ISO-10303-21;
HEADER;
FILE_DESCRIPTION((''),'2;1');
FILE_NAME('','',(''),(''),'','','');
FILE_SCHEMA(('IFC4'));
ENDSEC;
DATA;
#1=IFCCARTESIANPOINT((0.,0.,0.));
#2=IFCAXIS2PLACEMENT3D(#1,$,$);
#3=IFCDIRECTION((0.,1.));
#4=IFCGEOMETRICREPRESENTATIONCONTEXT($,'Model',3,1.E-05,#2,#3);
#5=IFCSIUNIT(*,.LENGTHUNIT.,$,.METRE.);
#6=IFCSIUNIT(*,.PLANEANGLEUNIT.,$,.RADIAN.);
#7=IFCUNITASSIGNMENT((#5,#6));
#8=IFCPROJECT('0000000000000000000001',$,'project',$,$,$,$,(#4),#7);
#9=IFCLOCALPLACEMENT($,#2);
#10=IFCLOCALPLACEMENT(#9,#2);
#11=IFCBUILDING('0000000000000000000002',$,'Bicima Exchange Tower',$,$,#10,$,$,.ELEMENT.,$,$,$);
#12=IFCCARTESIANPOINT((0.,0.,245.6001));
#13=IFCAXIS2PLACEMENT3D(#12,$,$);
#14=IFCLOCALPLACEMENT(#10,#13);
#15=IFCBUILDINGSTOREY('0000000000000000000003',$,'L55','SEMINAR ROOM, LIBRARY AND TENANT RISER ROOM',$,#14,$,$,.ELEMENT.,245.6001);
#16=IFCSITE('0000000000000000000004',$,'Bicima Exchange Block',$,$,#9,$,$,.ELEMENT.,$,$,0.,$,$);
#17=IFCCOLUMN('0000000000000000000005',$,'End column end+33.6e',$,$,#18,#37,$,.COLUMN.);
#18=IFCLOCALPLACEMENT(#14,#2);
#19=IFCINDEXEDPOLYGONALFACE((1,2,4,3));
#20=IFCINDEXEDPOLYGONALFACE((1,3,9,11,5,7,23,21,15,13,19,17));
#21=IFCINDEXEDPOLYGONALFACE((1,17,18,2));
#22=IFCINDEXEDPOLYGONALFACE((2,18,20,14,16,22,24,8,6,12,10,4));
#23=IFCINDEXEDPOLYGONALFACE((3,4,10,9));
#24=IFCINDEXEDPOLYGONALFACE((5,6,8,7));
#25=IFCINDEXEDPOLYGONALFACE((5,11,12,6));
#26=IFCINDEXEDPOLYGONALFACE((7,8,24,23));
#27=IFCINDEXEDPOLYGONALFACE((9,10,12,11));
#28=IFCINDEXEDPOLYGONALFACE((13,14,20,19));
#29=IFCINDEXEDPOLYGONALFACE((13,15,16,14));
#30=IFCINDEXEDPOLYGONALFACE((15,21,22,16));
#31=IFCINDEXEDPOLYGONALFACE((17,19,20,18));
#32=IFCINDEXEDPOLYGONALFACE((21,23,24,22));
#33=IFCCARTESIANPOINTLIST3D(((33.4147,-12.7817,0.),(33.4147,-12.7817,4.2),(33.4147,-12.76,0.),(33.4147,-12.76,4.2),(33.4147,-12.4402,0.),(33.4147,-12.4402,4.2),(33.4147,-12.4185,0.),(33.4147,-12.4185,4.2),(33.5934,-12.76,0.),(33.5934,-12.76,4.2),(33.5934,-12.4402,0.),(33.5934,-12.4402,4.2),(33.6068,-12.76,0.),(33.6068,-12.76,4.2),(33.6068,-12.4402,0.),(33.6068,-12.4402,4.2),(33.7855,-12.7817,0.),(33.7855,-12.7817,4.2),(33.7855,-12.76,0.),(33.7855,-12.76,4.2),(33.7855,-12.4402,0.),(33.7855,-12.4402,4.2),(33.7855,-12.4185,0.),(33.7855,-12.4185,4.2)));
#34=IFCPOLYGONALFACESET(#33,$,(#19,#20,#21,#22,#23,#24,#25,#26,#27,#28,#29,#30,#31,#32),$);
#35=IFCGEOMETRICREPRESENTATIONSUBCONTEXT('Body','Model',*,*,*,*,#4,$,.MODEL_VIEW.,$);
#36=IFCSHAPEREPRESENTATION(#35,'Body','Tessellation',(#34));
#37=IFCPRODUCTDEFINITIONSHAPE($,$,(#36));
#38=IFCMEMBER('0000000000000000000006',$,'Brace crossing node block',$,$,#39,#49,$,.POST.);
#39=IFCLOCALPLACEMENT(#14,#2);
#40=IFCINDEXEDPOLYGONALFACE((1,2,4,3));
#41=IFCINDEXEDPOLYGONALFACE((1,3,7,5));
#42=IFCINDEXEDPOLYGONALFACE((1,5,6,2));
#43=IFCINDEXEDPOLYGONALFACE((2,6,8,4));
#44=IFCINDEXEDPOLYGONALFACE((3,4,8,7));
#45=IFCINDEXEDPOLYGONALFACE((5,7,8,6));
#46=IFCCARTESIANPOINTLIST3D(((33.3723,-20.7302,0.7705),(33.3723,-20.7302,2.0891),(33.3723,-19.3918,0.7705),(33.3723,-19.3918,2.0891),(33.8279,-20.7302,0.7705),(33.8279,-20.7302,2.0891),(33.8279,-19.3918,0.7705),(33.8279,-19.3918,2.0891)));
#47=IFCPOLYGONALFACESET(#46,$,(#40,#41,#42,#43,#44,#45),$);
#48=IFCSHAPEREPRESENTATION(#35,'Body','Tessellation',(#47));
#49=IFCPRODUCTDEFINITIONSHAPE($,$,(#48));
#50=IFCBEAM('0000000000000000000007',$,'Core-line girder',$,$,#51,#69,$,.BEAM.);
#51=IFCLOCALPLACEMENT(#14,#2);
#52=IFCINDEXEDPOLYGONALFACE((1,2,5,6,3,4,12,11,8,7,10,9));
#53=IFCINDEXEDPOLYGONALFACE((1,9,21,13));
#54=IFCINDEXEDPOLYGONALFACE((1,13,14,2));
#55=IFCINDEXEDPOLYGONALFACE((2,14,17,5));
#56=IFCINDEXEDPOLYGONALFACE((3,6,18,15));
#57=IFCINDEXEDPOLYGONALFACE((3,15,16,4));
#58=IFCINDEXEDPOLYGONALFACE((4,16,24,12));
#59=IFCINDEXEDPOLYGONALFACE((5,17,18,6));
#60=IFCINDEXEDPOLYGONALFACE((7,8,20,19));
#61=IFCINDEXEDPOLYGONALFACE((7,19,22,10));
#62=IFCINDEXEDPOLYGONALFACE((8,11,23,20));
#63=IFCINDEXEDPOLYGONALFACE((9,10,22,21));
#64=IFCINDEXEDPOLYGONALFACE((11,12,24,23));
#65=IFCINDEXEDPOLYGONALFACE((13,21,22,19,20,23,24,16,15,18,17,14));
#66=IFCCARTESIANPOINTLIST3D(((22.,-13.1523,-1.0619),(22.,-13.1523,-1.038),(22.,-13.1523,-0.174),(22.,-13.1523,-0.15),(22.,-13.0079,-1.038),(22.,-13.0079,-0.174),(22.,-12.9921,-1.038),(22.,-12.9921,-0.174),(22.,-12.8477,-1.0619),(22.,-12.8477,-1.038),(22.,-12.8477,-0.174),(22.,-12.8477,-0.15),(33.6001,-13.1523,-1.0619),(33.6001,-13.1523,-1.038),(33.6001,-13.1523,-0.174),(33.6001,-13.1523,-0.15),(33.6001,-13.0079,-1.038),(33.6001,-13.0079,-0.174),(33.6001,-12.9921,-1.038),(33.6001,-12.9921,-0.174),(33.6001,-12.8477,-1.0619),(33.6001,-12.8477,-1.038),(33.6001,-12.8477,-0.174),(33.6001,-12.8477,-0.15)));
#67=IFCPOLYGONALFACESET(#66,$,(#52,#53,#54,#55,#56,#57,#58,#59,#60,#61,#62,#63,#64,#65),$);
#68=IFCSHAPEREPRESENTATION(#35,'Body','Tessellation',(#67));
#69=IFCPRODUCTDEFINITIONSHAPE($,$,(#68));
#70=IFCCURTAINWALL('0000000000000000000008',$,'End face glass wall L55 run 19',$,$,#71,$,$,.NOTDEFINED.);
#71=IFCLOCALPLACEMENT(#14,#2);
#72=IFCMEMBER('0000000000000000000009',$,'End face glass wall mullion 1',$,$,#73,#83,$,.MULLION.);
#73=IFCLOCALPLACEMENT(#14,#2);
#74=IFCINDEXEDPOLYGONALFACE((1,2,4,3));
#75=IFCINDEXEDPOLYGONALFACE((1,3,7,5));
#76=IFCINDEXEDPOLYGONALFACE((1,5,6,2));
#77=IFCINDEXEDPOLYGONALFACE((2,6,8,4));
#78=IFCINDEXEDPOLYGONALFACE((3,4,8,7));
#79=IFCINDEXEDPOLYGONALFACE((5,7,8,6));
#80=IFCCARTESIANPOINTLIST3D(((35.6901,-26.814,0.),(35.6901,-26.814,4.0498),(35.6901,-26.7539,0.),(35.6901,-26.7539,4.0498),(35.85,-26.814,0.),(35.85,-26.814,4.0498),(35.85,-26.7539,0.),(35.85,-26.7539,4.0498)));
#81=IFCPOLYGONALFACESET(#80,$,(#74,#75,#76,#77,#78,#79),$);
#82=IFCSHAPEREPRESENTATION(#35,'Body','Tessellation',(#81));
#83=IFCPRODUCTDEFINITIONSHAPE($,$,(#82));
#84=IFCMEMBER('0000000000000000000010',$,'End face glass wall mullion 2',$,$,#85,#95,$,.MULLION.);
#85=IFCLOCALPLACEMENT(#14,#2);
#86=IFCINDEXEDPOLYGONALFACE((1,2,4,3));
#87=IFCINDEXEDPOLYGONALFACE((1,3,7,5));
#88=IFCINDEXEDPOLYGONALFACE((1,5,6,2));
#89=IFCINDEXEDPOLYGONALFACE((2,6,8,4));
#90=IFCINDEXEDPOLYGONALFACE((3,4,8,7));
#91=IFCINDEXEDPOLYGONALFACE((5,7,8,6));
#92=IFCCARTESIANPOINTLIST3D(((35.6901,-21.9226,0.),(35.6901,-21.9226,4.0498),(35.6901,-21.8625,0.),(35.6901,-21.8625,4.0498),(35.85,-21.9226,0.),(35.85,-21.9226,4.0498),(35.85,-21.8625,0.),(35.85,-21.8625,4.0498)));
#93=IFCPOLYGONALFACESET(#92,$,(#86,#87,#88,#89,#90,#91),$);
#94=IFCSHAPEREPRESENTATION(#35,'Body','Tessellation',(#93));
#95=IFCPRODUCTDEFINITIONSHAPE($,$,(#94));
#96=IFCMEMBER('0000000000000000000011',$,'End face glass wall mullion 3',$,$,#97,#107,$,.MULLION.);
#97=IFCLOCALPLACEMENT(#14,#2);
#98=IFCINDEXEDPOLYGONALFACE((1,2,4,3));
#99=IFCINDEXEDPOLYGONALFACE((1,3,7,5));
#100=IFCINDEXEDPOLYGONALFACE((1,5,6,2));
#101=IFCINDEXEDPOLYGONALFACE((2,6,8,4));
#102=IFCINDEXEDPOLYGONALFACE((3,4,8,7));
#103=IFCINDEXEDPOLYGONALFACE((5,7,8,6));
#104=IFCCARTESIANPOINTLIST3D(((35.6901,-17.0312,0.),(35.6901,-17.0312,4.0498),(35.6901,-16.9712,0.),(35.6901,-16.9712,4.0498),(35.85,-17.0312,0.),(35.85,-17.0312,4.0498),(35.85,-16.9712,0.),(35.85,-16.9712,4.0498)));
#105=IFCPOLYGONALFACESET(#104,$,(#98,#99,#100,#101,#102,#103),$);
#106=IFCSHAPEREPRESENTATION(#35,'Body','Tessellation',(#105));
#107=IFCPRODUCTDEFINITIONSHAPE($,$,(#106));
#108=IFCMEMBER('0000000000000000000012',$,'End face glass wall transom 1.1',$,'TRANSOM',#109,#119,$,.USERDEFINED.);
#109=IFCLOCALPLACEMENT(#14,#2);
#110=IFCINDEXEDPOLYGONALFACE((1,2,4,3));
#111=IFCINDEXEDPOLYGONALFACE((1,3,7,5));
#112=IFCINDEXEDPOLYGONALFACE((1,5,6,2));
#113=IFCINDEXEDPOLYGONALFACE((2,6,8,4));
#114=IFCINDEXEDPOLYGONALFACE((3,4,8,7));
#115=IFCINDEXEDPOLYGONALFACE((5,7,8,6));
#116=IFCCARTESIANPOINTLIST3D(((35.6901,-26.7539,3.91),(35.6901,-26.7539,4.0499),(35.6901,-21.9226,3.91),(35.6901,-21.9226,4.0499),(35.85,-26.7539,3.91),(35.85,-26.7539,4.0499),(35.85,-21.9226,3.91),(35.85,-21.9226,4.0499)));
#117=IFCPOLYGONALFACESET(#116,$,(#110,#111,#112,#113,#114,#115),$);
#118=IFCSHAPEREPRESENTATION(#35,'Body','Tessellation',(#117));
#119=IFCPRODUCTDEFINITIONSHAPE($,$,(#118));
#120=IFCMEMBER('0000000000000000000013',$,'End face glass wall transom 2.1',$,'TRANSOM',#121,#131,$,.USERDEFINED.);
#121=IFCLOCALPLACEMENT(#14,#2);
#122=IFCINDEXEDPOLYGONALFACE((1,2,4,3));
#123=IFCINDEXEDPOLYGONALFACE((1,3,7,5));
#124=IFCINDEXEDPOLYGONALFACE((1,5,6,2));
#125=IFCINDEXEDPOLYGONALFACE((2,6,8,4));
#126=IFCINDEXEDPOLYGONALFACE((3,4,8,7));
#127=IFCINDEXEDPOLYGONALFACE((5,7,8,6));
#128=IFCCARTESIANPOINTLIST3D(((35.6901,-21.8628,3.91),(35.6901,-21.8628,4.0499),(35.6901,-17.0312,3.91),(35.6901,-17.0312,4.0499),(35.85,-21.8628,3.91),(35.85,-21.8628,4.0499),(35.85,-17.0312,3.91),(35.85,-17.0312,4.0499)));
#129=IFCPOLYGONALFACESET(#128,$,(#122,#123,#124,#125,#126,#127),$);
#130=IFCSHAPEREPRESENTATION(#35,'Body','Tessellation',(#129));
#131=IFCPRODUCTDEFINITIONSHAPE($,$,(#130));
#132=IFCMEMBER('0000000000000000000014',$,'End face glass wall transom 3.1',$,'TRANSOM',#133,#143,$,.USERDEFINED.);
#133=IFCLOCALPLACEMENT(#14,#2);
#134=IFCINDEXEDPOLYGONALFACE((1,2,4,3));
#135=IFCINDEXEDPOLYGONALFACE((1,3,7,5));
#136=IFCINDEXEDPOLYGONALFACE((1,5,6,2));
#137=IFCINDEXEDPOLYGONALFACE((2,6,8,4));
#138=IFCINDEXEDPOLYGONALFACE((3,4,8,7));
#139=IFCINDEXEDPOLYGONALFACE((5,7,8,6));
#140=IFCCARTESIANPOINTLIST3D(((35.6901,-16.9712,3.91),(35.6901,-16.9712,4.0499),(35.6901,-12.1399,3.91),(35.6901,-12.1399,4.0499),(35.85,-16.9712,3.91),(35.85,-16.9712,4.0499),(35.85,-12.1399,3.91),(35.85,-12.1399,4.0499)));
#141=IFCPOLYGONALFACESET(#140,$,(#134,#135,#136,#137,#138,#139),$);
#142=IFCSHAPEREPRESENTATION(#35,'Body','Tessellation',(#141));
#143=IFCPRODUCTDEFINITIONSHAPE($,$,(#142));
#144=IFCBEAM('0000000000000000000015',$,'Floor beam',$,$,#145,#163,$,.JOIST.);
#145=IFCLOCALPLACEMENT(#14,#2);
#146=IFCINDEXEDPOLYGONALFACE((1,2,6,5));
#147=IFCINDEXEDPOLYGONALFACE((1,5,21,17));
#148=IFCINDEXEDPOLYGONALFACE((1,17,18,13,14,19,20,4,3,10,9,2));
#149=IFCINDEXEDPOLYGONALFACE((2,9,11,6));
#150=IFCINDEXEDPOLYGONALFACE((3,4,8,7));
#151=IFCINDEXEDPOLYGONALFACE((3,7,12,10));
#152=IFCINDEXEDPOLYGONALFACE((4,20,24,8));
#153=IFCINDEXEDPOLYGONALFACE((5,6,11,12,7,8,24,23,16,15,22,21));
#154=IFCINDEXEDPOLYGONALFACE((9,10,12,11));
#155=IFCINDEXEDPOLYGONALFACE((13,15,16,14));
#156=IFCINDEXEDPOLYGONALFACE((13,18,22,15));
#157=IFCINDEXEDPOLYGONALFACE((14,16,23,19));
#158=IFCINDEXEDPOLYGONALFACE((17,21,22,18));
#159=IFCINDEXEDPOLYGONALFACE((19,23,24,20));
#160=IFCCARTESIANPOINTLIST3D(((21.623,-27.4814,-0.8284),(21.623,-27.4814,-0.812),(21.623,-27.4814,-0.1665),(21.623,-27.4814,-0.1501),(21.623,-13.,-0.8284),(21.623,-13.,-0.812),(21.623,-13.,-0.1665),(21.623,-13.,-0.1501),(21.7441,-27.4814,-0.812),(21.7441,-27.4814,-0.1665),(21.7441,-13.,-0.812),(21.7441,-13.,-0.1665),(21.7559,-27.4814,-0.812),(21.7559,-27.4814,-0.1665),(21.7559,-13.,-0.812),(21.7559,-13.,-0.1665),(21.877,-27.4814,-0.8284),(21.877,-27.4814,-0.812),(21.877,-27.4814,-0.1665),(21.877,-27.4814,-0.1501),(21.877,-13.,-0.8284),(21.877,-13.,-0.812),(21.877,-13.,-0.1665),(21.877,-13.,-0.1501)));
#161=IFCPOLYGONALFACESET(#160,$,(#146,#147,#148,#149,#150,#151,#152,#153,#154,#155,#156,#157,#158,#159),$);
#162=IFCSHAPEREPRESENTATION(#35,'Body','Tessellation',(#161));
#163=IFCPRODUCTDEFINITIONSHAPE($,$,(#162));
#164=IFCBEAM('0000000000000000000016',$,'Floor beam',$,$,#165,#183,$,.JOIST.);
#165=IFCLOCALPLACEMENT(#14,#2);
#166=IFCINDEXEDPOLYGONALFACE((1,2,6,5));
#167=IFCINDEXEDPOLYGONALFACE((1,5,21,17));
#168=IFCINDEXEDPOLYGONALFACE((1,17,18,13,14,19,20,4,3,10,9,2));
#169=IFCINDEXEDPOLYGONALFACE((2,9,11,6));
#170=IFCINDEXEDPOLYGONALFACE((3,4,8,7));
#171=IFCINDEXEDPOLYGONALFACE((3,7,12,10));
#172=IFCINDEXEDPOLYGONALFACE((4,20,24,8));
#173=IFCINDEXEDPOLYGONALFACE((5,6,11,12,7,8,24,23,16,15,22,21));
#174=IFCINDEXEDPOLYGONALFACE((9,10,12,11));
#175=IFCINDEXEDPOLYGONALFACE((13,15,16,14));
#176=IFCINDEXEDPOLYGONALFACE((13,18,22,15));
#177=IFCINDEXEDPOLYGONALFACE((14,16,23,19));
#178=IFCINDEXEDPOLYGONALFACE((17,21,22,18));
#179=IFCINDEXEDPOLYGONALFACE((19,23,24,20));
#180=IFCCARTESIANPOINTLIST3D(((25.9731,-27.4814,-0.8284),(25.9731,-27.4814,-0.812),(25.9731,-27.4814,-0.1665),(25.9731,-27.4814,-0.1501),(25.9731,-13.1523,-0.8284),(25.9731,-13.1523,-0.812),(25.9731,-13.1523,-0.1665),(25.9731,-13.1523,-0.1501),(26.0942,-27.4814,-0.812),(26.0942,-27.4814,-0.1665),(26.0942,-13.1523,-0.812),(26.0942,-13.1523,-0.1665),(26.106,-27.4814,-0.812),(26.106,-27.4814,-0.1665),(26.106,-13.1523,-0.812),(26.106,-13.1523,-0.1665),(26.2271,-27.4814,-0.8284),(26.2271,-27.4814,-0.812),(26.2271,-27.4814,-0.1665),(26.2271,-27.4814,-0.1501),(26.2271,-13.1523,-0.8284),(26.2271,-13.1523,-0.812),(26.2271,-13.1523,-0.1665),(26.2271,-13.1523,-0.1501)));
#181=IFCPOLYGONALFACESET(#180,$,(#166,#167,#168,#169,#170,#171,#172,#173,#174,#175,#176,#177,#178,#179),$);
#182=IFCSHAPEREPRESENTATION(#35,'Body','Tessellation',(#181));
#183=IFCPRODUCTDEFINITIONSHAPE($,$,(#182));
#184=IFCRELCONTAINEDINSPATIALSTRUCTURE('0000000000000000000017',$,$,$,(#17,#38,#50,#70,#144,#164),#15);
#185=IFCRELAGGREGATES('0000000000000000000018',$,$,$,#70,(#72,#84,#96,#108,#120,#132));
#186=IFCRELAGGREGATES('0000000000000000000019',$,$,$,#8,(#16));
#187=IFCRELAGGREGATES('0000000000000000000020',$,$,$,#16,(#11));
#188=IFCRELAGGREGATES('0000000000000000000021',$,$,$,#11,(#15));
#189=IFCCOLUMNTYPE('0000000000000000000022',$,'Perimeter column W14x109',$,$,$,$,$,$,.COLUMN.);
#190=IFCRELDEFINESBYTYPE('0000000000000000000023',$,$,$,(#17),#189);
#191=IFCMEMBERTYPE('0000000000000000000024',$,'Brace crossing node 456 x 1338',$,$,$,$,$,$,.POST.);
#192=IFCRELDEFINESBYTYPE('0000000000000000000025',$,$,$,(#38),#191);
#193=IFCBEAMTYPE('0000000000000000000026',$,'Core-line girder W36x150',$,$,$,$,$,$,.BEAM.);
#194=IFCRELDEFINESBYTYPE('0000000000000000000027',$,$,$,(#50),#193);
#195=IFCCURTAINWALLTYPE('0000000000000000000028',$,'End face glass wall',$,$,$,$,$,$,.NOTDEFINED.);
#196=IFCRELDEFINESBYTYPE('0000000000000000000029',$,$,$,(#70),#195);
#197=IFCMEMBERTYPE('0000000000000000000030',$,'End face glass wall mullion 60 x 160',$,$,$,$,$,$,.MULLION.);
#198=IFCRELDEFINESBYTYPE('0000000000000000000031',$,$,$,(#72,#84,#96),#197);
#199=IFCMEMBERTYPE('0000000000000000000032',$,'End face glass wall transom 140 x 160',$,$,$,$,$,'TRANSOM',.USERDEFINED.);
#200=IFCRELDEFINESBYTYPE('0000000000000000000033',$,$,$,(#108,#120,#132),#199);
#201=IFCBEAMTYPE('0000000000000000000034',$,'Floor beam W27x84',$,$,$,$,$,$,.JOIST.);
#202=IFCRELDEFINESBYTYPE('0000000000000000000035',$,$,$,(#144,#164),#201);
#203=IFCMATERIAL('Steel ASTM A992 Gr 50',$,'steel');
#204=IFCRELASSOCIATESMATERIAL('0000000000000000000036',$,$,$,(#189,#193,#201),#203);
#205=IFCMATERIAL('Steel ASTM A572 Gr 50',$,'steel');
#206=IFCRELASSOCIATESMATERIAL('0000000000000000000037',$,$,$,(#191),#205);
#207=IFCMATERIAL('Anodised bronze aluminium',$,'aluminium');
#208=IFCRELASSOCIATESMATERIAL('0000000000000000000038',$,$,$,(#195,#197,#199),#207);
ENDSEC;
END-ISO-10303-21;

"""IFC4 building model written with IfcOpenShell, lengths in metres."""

from ifc_helpers import new_model, si_unit, direction, frame, origin, origin_2d, place, context, subcontext, project, spatial, rectangle, i_section, extrude, material, material_profile, profile_set, type_object, element, aggregate, save


model = new_model("IFC4")

# Units and contexts
model_context = context("Model", 3, precision=1e-05, world=origin(), true_north=direction((0.0, 1.0)))
body_context = subcontext(model_context, "Body", "Model", "MODEL_VIEW")
ifc_project = project(units=[si_unit("LENGTHUNIT", "METRE"), si_unit("PLANEANGLEUNIT", "RADIAN")], contexts=[model_context])

# Site, building, storey
site_placement = place(None, origin())
site = spatial("IfcSite", under=ifc_project, at=site_placement, Name="Bicima Exchange Block", CompositionType="ELEMENT", RefElevation=0.0)
building_placement = place(site_placement, origin())
building = spatial("IfcBuilding", under=site, at=building_placement, Name="Bicima Exchange Tower", CompositionType="ELEMENT")
storey_placement = place(building_placement, frame((0.0, 0.0, 245.6001)))
storey = spatial("IfcBuildingStorey", under=building, at=storey_placement, Name="L55", Description="SEMINAR ROOM, LIBRARY AND TENANT RISER ROOM", CompositionType="ELEMENT", Elevation=245.6001)

# Column
ifc_material_1 = material(Name="Steel ASTM A992 Gr 50", Category="steel")
ifc_material_profile_1 = material_profile(ifc_material_1, i_section(OverallWidth=0.3708, OverallDepth=0.3633, WebThickness=0.0134, FlangeThickness=0.0217, at=origin_2d()))
ifc_profile_set_1 = profile_set([ifc_material_profile_1], Name="Steel ASTM A992 Gr 50")
column_type = type_object("IfcColumnType", Name="Perimeter column W14x109", PredefinedType="COLUMN", material=ifc_profile_set_1)
column_placement = place(storey_placement, frame((33.6001, -12.6001, 0.0), z_axis=(0.0, 0.0, 1.0), x_axis=(1.0, 0.0, 0.0)))
element("IfcColumn", 1, at=column_placement, inside=storey, type_object=column_type, Name="End column end+33.6e", PredefinedType="COLUMN", context=body_context, shape_type="SweptSolid", body=[
    extrude(i_section(OverallWidth=0.3708, OverallDepth=0.3633, WebThickness=0.0134, FlangeThickness=0.0217, at=origin_2d()), origin(), (0.0, 0.0, 1.0), 4.2),
])

# Member
ifc_material_2 = material(Name="Steel ASTM A572 Gr 50", Category="steel")
ifc_material_profile_2 = material_profile(ifc_material_2, rectangle(XDim=0.4556, YDim=1.3384, at=origin_2d()))
ifc_profile_set_2 = profile_set([ifc_material_profile_2], Name="Steel ASTM A572 Gr 50")
member_type_1 = type_object("IfcMemberType", Name="Brace crossing node 456 x 1338", PredefinedType="POST", material=ifc_profile_set_2)
member_1_placement = place(storey_placement, frame((33.6001, -20.061, 0.7705), z_axis=(0.0, 0.0, 1.0), x_axis=(1.0, 0.0, 0.0)))
element("IfcMember", 2, at=member_1_placement, inside=storey, type_object=member_type_1, Name="Brace crossing node block", PredefinedType="POST", context=body_context, shape_type="SweptSolid", body=[
    extrude(rectangle(XDim=0.4556, YDim=1.3384, at=origin_2d()), origin(), (0.0, 0.0, 1.0), 1.3186),
])

# Beam
ifc_material_profile_3 = material_profile(ifc_material_1, i_section(OverallWidth=0.3047, OverallDepth=0.9119, WebThickness=0.0159, FlangeThickness=0.0239, at=origin_2d()))
ifc_profile_set_3 = profile_set([ifc_material_profile_3], Name="Steel ASTM A992 Gr 50")
beam_type_1 = type_object("IfcBeamType", Name="Core-line girder W36x150", PredefinedType="BEAM", material=ifc_profile_set_3)
beam_1_placement = place(storey_placement, frame((22.0, -13.0, -0.606), z_axis=(1.0, 0.0, 0.0), x_axis=(0.0, 1.0, 0.0)))
element("IfcBeam", 3, at=beam_1_placement, inside=storey, type_object=beam_type_1, Name="Core-line girder", PredefinedType="BEAM", context=body_context, shape_type="SweptSolid", body=[
    extrude(i_section(OverallWidth=0.3047, OverallDepth=0.9119, WebThickness=0.0159, FlangeThickness=0.0239, at=origin_2d()), origin(), (0.0, 0.0, 1.0), 11.6001),
])

# Curtain wall, members
ifc_material_3 = material(Name="Anodised bronze aluminium", Category="aluminium")
curtain_wall_type = type_object("IfcCurtainWallType", Name="End face glass wall", PredefinedType="NOTDEFINED", material=ifc_material_3)
curtain_wall_placement = place(storey_placement, origin())
curtain_wall = element("IfcCurtainWall", 4, at=curtain_wall_placement, inside=storey, type_object=curtain_wall_type, Name="End face glass wall L55 run 19", PredefinedType="NOTDEFINED")
ifc_material_profile_4 = material_profile(ifc_material_3, rectangle(XDim=0.1599, YDim=0.0601, at=origin_2d()))
ifc_profile_set_4 = profile_set([ifc_material_profile_4], Name="Anodised bronze aluminium")
member_type_2 = type_object("IfcMemberType", Name="End face glass wall mullion 60 x 160", PredefinedType="MULLION", material=ifc_profile_set_4)
member_2_placement = place(storey_placement, frame((35.77, -26.7839, 0.0), z_axis=(0.0, 0.0, 1.0), x_axis=(-1.0, 0.0, 0.0)))
member_2 = element("IfcMember", 5, at=member_2_placement, type_object=member_type_2, Name="End face glass wall mullion 1", PredefinedType="MULLION", context=body_context, shape_type="SweptSolid", body=[
    extrude(rectangle(XDim=0.1599, YDim=0.0601, at=origin_2d()), origin(), (0.0, 0.0, 1.0), 4.0498),
])
member_3_placement = place(storey_placement, frame((35.77, -21.8926, 0.0), z_axis=(0.0, 0.0, 1.0), x_axis=(-1.0, 0.0, 0.0)))
member_3 = element("IfcMember", 6, at=member_3_placement, type_object=member_type_2, Name="End face glass wall mullion 2", PredefinedType="MULLION", context=body_context, shape_type="SweptSolid", body=[
    extrude(rectangle(XDim=0.1599, YDim=0.0601, at=origin_2d()), origin(), (0.0, 0.0, 1.0), 4.0498),
])
member_4_placement = place(storey_placement, frame((35.77, -17.0012, 0.0), z_axis=(0.0, 0.0, 1.0), x_axis=(-1.0, 0.0, 0.0)))
member_4 = element("IfcMember", 7, at=member_4_placement, type_object=member_type_2, Name="End face glass wall mullion 3", PredefinedType="MULLION", context=body_context, shape_type="SweptSolid", body=[
    extrude(rectangle(XDim=0.1599, YDim=0.0601, at=origin_2d()), origin(), (0.0, 0.0, 1.0), 4.0498),
])
ifc_material_profile_5 = material_profile(ifc_material_3, rectangle(XDim=0.1599, YDim=0.1399, at=origin_2d()))
ifc_profile_set_5 = profile_set([ifc_material_profile_5], Name="Anodised bronze aluminium")
member_type_3 = type_object("IfcMemberType", Name="End face glass wall transom 140 x 160", ElementType="TRANSOM", PredefinedType="USERDEFINED", material=ifc_profile_set_5)
member_5_placement = place(storey_placement, frame((35.77, -26.7539, 3.98), z_axis=(0.0, 1.0, 0.0), x_axis=(-1.0, 0.0, 0.0)))
member_5 = element("IfcMember", 8, at=member_5_placement, type_object=member_type_3, Name="End face glass wall transom 1.1", ObjectType="TRANSOM", PredefinedType="USERDEFINED", context=body_context, shape_type="SweptSolid", body=[
    extrude(rectangle(XDim=0.1599, YDim=0.1399, at=origin_2d()), origin(), (0.0, 0.0, 1.0), 4.8313),
])
member_6_placement = place(storey_placement, frame((35.77, -21.8628, 3.98), z_axis=(0.0, 1.0, 0.0), x_axis=(-1.0, 0.0, 0.0)))
member_6 = element("IfcMember", 9, at=member_6_placement, type_object=member_type_3, Name="End face glass wall transom 2.1", ObjectType="TRANSOM", PredefinedType="USERDEFINED", context=body_context, shape_type="SweptSolid", body=[
    extrude(rectangle(XDim=0.1599, YDim=0.1399, at=origin_2d()), origin(), (0.0, 0.0, 1.0), 4.8315),
])
member_7_placement = place(storey_placement, frame((35.77, -16.9712, 3.98), z_axis=(0.0, 1.0, 0.0), x_axis=(-1.0, 0.0, 0.0)))
member_7 = element("IfcMember", 10, at=member_7_placement, type_object=member_type_3, Name="End face glass wall transom 3.1", ObjectType="TRANSOM", PredefinedType="USERDEFINED", context=body_context, shape_type="SweptSolid", body=[
    extrude(rectangle(XDim=0.1599, YDim=0.1399, at=origin_2d()), origin(), (0.0, 0.0, 1.0), 4.8313),
])

# Beams
ifc_material_profile_6 = material_profile(ifc_material_1, i_section(OverallWidth=0.2539, OverallDepth=0.6782, WebThickness=0.0117, FlangeThickness=0.0164, at=origin_2d()))
ifc_profile_set_6 = profile_set([ifc_material_profile_6], Name="Steel ASTM A992 Gr 50")
beam_type_2 = type_object("IfcBeamType", Name="Floor beam W27x84", PredefinedType="JOIST", material=ifc_profile_set_6)
beam_2_placement = place(storey_placement, frame((21.75, -13.0, -0.4893), z_axis=(0.0, -1.0, 0.0), x_axis=(1.0, 0.0, 0.0)))
element("IfcBeam", 11, at=beam_2_placement, inside=storey, type_object=beam_type_2, Name="Floor beam", PredefinedType="JOIST", context=body_context, shape_type="SweptSolid", body=[
    extrude(i_section(OverallWidth=0.2539, OverallDepth=0.6782, WebThickness=0.0117, FlangeThickness=0.0164, at=origin_2d()), origin(), (0.0, 0.0, 1.0), 14.4814),
])
for number, where, z_axis, x_axis, name in (
    (12, (26.1001, -13.1523, -0.4893), (0.0, -1.0, 0.0), (1.0, 0.0, 0.0), "Floor beam"),
):
    element("IfcBeam", number, at=place(storey_placement, frame(where, z_axis=z_axis, x_axis=x_axis)), inside=storey, type_object=beam_type_2, Name=name, PredefinedType="JOIST", context=body_context, shape_type="SweptSolid", body=[
        extrude(i_section(OverallWidth=0.2539, OverallDepth=0.6782, WebThickness=0.0117, FlangeThickness=0.0164, at=origin_2d()), origin(), (0.0, 0.0, 1.0), 14.3291),
    ])

aggregate(curtain_wall, [member_2, member_3, member_4, member_5, member_6, member_7])

save(model, "model.ifc")
